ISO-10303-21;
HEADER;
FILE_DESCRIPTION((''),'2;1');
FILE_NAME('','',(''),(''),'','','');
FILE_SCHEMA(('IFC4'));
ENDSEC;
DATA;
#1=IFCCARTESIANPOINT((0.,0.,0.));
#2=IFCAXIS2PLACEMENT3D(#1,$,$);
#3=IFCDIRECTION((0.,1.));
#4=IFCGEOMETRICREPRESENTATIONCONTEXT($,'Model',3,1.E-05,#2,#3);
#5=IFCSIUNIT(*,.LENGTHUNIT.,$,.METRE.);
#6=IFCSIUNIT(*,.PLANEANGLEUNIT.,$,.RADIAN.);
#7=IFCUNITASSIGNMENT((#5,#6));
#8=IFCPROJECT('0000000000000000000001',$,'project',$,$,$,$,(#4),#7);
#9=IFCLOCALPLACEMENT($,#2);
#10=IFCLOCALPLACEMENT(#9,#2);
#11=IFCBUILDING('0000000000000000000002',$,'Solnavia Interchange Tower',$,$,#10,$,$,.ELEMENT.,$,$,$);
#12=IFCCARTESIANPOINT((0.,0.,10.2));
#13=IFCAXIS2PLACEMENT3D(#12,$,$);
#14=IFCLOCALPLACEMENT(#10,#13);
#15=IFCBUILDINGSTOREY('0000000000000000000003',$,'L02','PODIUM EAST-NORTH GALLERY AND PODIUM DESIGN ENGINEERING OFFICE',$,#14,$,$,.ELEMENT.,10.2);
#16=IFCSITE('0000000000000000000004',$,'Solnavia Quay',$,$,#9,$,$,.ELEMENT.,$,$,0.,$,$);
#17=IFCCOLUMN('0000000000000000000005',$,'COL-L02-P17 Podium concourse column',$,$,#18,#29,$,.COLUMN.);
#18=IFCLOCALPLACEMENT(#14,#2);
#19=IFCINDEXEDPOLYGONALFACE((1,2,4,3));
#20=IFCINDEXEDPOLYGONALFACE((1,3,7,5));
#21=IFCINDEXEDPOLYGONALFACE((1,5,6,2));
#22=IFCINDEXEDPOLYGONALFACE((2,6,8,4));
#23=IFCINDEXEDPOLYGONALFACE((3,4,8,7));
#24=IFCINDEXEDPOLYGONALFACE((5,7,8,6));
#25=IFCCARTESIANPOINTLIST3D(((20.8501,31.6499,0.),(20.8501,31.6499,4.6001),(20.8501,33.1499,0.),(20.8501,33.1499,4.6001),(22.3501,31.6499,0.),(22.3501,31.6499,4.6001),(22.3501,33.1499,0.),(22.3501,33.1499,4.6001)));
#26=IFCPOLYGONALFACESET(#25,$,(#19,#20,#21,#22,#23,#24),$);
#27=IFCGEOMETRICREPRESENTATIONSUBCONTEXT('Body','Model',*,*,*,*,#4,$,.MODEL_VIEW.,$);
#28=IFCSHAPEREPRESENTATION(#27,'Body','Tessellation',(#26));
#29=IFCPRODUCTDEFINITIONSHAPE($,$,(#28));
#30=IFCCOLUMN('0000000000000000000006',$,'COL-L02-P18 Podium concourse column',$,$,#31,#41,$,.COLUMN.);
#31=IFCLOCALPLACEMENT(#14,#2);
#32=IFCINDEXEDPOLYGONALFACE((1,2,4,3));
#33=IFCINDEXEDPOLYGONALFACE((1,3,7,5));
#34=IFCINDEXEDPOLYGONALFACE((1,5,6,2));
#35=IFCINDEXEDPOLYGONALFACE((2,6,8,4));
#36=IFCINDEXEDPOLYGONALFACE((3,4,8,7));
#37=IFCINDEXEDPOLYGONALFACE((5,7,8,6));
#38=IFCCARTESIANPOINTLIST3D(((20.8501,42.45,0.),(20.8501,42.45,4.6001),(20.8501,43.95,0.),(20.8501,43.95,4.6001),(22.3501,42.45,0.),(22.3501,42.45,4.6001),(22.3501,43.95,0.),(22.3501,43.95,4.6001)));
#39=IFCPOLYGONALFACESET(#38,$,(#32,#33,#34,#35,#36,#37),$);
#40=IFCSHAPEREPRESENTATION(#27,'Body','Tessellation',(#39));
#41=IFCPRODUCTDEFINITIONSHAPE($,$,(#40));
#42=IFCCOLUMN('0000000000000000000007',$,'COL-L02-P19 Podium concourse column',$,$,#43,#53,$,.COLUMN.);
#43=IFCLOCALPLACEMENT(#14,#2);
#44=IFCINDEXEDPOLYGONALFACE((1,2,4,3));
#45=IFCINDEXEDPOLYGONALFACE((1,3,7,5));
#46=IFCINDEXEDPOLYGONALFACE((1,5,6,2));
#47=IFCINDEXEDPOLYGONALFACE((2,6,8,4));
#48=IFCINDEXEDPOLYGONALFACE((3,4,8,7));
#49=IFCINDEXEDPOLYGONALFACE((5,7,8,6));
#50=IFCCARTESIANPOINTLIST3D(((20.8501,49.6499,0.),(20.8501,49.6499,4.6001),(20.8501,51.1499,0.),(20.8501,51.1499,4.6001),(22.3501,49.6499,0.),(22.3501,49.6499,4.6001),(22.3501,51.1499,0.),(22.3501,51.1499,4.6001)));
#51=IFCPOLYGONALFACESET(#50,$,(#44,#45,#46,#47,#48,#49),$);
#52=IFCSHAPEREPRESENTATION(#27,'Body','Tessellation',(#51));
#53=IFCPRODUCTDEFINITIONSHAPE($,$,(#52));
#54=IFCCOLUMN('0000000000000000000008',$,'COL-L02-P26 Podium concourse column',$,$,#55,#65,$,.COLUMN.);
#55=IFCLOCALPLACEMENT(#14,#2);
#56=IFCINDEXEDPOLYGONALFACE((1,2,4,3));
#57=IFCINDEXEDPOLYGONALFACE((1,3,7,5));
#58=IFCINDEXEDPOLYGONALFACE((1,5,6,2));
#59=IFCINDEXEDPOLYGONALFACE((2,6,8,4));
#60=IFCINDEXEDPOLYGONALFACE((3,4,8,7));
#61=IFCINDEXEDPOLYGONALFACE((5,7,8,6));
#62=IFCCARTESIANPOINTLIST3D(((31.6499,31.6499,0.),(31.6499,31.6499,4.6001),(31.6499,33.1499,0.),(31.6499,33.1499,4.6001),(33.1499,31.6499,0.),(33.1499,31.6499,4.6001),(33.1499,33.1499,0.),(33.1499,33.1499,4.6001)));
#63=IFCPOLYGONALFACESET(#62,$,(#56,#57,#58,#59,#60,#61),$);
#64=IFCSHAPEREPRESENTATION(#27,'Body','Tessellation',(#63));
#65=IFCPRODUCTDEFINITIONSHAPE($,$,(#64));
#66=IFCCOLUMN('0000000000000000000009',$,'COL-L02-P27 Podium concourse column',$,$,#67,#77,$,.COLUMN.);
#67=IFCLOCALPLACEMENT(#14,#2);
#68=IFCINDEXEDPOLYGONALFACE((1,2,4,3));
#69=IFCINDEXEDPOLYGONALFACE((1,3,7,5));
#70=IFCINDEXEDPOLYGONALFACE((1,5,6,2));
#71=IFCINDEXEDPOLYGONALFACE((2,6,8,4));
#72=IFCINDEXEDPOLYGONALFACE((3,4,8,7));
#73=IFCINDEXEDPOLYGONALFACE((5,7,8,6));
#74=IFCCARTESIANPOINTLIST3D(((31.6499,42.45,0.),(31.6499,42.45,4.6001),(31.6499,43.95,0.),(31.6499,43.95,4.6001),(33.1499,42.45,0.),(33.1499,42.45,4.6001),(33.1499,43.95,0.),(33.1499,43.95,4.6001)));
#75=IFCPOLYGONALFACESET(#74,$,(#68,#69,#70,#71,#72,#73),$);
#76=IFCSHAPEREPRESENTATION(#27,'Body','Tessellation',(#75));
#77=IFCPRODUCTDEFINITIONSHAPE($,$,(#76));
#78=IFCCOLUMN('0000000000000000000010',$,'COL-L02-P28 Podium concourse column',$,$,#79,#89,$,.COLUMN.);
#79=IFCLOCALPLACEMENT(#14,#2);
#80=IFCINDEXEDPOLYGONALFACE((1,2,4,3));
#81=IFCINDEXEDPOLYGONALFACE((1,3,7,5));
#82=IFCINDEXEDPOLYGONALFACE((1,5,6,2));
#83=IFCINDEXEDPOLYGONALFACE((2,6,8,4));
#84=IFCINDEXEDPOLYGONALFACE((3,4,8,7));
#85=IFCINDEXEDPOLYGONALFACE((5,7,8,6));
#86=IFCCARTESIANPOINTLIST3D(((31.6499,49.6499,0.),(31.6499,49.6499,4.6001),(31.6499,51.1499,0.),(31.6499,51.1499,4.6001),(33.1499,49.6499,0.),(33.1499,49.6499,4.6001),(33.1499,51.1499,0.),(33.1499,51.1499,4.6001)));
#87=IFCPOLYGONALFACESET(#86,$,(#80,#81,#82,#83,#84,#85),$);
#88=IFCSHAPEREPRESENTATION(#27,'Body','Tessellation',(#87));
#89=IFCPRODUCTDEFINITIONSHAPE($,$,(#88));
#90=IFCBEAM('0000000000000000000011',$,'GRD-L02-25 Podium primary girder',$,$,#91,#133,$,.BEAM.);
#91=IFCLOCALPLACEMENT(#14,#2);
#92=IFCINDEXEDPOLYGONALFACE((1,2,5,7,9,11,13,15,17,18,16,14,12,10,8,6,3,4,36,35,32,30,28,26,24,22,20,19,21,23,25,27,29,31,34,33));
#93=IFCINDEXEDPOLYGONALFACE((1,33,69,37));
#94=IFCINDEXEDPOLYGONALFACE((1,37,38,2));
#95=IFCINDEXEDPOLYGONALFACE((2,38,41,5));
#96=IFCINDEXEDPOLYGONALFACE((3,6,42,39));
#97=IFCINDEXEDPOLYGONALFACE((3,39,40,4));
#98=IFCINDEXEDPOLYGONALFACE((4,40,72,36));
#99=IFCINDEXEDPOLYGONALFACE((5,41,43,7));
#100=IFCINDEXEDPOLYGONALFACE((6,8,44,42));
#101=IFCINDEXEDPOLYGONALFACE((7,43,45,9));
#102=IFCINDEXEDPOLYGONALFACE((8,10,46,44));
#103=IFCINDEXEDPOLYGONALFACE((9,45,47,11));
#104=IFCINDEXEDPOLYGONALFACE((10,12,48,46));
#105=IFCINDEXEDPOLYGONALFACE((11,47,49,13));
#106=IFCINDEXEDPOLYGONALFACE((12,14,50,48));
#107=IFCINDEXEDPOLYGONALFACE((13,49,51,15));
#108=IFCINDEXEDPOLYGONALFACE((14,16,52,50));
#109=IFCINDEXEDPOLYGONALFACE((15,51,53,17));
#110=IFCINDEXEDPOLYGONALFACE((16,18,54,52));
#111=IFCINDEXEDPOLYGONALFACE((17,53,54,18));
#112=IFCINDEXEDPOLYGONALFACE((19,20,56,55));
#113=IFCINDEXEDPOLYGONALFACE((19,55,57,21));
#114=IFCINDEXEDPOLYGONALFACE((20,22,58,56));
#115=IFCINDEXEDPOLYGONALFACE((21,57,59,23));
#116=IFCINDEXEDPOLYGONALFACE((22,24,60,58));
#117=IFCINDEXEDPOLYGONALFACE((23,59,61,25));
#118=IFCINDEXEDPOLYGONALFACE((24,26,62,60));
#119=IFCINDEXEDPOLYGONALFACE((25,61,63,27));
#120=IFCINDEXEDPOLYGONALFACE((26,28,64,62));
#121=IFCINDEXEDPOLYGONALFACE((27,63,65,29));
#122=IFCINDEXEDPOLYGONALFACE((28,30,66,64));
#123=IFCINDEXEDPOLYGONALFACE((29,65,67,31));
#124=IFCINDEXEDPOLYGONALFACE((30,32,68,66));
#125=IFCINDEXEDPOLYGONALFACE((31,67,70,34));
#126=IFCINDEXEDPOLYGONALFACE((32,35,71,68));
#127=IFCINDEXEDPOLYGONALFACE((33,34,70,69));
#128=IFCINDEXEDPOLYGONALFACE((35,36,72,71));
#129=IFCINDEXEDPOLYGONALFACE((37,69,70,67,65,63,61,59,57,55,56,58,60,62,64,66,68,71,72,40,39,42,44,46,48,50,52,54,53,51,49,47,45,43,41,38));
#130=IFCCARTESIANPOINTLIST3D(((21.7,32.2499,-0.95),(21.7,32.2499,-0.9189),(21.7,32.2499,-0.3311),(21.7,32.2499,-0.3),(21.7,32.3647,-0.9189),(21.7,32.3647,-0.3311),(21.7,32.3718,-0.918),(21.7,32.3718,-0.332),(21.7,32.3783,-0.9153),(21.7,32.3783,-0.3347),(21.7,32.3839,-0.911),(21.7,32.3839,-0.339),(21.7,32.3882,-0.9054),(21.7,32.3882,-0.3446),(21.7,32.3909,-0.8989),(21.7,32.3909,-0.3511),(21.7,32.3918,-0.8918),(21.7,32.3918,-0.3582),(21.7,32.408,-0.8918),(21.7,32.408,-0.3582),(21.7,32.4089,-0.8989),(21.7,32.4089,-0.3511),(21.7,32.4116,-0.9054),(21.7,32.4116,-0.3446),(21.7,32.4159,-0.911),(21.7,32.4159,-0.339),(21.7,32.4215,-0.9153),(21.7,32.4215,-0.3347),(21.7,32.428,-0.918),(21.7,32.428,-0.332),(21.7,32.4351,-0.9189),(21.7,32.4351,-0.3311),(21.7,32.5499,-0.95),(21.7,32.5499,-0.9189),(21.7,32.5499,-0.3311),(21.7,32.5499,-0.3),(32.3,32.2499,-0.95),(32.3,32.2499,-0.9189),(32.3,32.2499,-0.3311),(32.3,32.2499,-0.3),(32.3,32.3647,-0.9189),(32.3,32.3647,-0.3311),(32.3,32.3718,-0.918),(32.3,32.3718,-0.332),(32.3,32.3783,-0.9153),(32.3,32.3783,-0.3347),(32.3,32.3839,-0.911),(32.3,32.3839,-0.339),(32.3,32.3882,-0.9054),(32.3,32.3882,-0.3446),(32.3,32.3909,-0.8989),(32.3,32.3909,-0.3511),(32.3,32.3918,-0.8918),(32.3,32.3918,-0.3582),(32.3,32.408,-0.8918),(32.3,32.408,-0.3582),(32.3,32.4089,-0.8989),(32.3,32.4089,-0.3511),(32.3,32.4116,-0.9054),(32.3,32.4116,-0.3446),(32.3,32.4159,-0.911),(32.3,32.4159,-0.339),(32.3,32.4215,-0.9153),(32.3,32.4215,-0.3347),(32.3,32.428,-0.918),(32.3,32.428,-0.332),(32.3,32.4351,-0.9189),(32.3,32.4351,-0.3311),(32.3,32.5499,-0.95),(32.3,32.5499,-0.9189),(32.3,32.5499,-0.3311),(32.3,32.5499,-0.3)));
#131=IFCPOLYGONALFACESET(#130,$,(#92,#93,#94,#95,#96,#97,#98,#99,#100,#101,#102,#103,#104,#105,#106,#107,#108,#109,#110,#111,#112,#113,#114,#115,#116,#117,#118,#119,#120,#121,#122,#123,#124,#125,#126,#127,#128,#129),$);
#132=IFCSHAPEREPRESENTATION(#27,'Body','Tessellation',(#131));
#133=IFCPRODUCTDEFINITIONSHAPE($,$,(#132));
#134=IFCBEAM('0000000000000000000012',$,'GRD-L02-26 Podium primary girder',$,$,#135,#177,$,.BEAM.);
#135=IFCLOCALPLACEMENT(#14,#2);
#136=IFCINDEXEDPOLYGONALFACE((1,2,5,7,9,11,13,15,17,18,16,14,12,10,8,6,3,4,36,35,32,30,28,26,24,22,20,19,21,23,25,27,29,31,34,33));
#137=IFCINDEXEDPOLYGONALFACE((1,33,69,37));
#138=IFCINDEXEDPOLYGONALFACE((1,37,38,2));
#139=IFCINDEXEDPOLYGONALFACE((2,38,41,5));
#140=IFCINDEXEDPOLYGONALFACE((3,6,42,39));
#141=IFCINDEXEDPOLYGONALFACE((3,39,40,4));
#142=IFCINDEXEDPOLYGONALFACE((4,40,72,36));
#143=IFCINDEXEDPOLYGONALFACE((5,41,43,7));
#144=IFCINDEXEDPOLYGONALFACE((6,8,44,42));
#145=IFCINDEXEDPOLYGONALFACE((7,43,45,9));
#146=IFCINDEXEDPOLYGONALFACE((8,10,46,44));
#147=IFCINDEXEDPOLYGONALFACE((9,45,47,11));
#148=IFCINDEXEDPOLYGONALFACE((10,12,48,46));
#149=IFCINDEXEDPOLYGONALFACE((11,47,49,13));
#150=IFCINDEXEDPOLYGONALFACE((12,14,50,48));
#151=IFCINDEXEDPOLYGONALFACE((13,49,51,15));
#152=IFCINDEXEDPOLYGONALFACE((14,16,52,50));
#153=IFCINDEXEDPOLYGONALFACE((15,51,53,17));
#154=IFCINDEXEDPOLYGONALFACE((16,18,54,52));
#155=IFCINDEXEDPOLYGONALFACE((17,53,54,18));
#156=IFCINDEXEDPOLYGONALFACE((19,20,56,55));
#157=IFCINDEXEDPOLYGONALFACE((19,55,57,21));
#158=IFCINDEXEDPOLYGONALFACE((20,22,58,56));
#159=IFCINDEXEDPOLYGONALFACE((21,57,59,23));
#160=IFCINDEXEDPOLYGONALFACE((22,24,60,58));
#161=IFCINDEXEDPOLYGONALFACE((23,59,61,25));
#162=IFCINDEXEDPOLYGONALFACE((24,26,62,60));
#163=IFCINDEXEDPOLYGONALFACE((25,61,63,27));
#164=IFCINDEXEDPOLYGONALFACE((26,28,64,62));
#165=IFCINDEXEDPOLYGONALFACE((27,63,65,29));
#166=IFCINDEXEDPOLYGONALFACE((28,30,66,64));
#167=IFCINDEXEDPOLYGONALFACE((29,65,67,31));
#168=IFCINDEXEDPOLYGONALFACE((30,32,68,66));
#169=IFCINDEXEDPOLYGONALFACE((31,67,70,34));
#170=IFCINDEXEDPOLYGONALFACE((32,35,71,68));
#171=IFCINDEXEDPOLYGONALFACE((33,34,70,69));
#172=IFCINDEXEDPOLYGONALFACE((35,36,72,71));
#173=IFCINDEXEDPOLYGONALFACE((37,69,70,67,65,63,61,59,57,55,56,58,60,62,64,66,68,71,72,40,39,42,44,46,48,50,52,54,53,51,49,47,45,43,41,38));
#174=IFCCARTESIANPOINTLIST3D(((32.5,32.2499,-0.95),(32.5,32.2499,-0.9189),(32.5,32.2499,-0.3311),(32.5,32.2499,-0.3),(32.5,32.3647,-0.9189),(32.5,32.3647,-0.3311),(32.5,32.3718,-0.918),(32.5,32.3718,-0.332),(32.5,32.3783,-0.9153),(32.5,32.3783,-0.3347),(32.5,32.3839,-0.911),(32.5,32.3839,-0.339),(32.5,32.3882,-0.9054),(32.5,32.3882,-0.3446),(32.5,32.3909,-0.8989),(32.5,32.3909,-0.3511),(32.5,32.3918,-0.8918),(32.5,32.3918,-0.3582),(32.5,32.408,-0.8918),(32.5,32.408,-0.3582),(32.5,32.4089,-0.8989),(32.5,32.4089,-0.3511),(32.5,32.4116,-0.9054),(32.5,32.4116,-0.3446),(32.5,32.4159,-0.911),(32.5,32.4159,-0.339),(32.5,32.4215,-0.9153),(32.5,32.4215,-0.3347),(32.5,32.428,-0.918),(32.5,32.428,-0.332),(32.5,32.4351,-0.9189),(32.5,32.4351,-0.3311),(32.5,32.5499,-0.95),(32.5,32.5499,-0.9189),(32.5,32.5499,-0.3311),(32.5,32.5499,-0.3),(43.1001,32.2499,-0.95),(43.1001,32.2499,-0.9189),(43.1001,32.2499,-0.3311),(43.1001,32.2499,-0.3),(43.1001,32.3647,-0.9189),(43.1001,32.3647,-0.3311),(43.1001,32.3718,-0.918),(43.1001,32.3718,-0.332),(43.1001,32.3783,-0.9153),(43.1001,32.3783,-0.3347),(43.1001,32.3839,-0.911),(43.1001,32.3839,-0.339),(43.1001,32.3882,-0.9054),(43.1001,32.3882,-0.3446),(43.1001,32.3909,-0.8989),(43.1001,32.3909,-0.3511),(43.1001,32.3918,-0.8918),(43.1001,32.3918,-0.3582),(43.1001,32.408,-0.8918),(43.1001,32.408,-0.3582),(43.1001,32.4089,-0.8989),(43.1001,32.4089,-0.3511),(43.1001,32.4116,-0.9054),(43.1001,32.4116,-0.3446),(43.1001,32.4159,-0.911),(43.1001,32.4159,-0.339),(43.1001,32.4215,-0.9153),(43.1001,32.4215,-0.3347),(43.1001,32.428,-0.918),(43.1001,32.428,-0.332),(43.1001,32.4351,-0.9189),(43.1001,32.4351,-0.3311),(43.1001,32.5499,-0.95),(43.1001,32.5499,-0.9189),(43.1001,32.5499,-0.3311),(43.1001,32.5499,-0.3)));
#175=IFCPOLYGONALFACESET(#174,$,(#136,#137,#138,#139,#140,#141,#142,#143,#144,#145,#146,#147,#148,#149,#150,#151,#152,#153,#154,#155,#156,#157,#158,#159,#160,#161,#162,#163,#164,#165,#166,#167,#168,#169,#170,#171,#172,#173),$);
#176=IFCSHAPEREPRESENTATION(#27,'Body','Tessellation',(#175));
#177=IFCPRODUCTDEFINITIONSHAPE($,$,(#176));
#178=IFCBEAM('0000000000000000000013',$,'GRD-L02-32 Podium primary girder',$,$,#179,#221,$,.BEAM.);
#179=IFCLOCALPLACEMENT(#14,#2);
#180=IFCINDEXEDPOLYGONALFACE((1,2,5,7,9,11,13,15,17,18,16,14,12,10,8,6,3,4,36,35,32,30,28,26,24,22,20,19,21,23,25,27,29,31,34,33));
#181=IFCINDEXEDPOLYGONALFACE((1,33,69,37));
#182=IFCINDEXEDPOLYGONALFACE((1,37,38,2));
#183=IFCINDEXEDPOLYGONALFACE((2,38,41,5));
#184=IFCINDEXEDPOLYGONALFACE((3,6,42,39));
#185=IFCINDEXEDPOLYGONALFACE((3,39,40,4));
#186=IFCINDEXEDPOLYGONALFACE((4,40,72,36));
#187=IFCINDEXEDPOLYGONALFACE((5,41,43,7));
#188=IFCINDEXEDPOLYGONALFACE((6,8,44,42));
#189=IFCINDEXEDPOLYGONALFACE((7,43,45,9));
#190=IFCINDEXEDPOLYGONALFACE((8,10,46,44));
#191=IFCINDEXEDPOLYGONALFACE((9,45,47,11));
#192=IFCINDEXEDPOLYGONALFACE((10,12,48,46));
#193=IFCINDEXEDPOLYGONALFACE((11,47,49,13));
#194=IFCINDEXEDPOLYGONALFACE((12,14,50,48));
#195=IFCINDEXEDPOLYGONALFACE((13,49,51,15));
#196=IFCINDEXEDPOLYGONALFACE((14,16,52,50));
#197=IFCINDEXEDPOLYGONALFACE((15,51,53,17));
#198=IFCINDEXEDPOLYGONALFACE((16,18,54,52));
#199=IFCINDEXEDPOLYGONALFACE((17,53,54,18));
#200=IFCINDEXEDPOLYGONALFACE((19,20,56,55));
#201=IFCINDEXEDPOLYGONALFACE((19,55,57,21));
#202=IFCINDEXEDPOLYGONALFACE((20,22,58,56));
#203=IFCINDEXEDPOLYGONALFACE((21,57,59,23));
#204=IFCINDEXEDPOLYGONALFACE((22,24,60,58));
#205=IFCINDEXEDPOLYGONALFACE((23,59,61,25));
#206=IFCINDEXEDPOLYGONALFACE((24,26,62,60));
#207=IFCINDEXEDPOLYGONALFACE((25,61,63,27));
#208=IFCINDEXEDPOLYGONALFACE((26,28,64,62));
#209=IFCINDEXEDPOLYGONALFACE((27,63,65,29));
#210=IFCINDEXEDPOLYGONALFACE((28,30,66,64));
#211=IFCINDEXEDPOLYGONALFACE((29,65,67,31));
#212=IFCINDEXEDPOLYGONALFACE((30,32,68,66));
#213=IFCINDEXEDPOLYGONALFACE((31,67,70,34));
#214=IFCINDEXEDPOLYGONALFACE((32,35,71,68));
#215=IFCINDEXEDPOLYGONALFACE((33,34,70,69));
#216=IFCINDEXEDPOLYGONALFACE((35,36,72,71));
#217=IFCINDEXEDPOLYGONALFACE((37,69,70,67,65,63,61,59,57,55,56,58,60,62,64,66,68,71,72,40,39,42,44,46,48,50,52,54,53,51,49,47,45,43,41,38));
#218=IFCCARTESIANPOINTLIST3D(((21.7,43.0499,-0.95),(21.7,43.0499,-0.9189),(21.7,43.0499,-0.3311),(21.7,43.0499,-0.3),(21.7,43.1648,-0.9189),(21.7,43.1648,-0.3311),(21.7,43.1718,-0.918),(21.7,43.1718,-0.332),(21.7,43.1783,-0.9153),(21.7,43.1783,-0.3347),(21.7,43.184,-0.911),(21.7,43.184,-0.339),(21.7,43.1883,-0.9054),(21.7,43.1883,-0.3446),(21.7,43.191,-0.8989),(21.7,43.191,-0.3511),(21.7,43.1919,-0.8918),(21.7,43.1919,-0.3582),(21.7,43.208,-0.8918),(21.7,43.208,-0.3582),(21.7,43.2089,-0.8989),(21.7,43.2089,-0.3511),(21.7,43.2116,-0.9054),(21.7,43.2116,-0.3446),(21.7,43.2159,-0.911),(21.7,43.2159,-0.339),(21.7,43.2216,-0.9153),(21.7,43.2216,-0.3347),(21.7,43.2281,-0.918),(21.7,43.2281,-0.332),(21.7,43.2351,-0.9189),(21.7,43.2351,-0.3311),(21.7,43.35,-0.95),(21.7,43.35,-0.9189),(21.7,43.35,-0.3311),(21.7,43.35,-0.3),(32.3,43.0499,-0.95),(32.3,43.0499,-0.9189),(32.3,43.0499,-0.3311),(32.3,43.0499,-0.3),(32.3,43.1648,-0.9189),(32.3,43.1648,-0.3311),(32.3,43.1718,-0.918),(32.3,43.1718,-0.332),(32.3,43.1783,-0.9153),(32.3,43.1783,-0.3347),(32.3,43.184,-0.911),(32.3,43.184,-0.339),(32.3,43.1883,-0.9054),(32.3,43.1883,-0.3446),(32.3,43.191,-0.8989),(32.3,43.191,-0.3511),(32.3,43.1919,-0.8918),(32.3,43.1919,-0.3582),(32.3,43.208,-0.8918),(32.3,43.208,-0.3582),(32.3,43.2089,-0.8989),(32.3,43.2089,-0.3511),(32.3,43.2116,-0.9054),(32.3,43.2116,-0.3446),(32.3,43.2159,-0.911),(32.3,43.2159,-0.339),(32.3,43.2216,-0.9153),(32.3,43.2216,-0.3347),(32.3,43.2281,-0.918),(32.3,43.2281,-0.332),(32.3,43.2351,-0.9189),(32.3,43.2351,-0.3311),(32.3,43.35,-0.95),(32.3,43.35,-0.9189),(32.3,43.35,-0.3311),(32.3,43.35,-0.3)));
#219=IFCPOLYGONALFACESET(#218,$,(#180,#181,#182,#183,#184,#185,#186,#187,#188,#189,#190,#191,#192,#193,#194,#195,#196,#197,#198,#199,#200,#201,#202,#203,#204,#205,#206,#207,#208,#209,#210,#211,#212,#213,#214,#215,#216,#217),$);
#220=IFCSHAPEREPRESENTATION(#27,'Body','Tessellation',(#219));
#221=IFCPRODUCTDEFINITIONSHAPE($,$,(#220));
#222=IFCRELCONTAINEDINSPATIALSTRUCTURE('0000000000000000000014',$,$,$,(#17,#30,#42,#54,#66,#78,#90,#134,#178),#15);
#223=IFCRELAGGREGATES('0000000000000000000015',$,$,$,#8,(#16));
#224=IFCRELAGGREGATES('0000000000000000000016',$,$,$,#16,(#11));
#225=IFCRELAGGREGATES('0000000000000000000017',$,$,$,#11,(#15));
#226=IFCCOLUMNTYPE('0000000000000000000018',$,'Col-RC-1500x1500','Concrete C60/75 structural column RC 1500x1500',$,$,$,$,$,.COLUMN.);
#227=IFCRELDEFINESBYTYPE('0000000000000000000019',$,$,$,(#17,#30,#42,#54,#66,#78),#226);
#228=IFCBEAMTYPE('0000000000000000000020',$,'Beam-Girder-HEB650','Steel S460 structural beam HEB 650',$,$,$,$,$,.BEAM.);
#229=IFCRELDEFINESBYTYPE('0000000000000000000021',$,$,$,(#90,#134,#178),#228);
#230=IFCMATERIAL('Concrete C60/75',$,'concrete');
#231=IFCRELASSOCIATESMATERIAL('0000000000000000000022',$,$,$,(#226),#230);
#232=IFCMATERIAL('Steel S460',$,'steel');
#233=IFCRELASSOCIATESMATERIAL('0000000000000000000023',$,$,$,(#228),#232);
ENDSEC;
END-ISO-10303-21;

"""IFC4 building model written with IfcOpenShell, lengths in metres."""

from ifc_helpers import new_model, si_unit, direction, frame, origin, origin_2d, place, context, subcontext, project, spatial, rectangle, i_section, extrude, material, material_profile, profile_set, type_object, element, save


model = new_model("IFC4")

# Units and contexts
model_context = context("Model", 3, precision=1e-05, world=origin(), true_north=direction((0.0, 1.0)))
body_context = subcontext(model_context, "Body", "Model", "MODEL_VIEW")
ifc_project = project(units=[si_unit("LENGTHUNIT", "METRE"), si_unit("PLANEANGLEUNIT", "RADIAN")], contexts=[model_context])

# Site, building, storey
site_placement = place(None, origin())
site = spatial("IfcSite", under=ifc_project, at=site_placement, Name="Solnavia Quay", CompositionType="ELEMENT", RefElevation=0.0)
building_placement = place(site_placement, origin())
building = spatial("IfcBuilding", under=site, at=building_placement, Name="Solnavia Interchange Tower", CompositionType="ELEMENT")
storey_placement = place(building_placement, frame((0.0, 0.0, 10.2)))
storey = spatial("IfcBuildingStorey", under=building, at=storey_placement, Name="L02", Description="PODIUM EAST-NORTH GALLERY AND PODIUM DESIGN ENGINEERING OFFICE", CompositionType="ELEMENT", Elevation=10.2)

# Columns
ifc_material_1 = material(Name="Concrete C60/75", Category="concrete")
ifc_material_profile_1 = material_profile(ifc_material_1, rectangle(XDim=1.5, YDim=1.5, at=origin_2d()), Name="RC 1500x1500")
ifc_profile_set_1 = profile_set([ifc_material_profile_1], Name="Concrete C60/75")
column_type = type_object("IfcColumnType", Name="Col-RC-1500x1500", Description="Concrete C60/75 structural column RC 1500x1500", PredefinedType="COLUMN", material=ifc_profile_set_1)
for number, where, z_axis, x_axis, name in (
    (1, (21.6001, 32.3999, 0.0), (0.0, 0.0, 1.0), (1.0, 0.0, 0.0), "COL-L02-P17 Podium concourse column"),
    (2, (21.6001, 43.2, 0.0), (0.0, 0.0, 1.0), (1.0, 0.0, 0.0), "COL-L02-P18 Podium concourse column"),
    (3, (21.6001, 50.3999, 0.0), (0.0, 0.0, 1.0), (1.0, 0.0, 0.0), "COL-L02-P19 Podium concourse column"),
    (4, (32.3999, 32.3999, 0.0), (0.0, 0.0, 1.0), (1.0, 0.0, 0.0), "COL-L02-P26 Podium concourse column"),
    (5, (32.3999, 43.2, 0.0), (0.0, 0.0, 1.0), (1.0, 0.0, 0.0), "COL-L02-P27 Podium concourse column"),
    (6, (32.3999, 50.3999, 0.0), (0.0, 0.0, 1.0), (1.0, 0.0, 0.0), "COL-L02-P28 Podium concourse column"),
):
    element("IfcColumn", number, at=place(storey_placement, frame(where, z_axis=z_axis, x_axis=x_axis)), inside=storey, type_object=column_type, Name=name, PredefinedType="COLUMN", context=body_context, shape_type="SweptSolid", body=[
        extrude(rectangle(XDim=1.5, YDim=1.5, at=origin_2d()), origin(), (0.0, 0.0, 1.0), 4.6001),
    ])

# Beams
ifc_material_2 = material(Name="Steel S460", Category="steel")
ifc_material_profile_2 = material_profile(ifc_material_2, i_section(OverallWidth=0.3, OverallDepth=0.6499, WebThickness=0.0161, FlangeThickness=0.031, FilletRadius=0.0271, at=origin_2d()), Name="HEB 650")
ifc_profile_set_2 = profile_set([ifc_material_profile_2], Name="Steel S460")
beam_type_1 = type_object("IfcBeamType", Name="Beam-Girder-HEB650", Description="Steel S460 structural beam HEB 650", PredefinedType="BEAM", material=ifc_profile_set_2)
for number, where, z_axis, x_axis, name in (
    (7, (21.7, 32.3999, -0.625), (1.0, 0.0, 0.0), (0.0, 1.0, 0.0), "GRD-L02-25 Podium primary girder"),
    (8, (32.5, 32.3999, -0.625), (1.0, 0.0, 0.0), (0.0, 1.0, 0.0), "GRD-L02-26 Podium primary girder"),
    (9, (21.7, 43.2, -0.625), (1.0, 0.0, 0.0), (0.0, 1.0, 0.0), "GRD-L02-32 Podium primary girder"),
):
    element("IfcBeam", number, at=place(storey_placement, frame(where, z_axis=z_axis, x_axis=x_axis)), inside=storey, type_object=beam_type_1, Name=name, PredefinedType="BEAM", context=body_context, shape_type="SweptSolid", body=[
        extrude(i_section(OverallWidth=0.3, OverallDepth=0.6499, WebThickness=0.0161, FlangeThickness=0.031, FilletRadius=0.0271, at=origin_2d()), origin(), (0.0, 0.0, 1.0), 10.6001),
    ])

save(model, "model.ifc")
